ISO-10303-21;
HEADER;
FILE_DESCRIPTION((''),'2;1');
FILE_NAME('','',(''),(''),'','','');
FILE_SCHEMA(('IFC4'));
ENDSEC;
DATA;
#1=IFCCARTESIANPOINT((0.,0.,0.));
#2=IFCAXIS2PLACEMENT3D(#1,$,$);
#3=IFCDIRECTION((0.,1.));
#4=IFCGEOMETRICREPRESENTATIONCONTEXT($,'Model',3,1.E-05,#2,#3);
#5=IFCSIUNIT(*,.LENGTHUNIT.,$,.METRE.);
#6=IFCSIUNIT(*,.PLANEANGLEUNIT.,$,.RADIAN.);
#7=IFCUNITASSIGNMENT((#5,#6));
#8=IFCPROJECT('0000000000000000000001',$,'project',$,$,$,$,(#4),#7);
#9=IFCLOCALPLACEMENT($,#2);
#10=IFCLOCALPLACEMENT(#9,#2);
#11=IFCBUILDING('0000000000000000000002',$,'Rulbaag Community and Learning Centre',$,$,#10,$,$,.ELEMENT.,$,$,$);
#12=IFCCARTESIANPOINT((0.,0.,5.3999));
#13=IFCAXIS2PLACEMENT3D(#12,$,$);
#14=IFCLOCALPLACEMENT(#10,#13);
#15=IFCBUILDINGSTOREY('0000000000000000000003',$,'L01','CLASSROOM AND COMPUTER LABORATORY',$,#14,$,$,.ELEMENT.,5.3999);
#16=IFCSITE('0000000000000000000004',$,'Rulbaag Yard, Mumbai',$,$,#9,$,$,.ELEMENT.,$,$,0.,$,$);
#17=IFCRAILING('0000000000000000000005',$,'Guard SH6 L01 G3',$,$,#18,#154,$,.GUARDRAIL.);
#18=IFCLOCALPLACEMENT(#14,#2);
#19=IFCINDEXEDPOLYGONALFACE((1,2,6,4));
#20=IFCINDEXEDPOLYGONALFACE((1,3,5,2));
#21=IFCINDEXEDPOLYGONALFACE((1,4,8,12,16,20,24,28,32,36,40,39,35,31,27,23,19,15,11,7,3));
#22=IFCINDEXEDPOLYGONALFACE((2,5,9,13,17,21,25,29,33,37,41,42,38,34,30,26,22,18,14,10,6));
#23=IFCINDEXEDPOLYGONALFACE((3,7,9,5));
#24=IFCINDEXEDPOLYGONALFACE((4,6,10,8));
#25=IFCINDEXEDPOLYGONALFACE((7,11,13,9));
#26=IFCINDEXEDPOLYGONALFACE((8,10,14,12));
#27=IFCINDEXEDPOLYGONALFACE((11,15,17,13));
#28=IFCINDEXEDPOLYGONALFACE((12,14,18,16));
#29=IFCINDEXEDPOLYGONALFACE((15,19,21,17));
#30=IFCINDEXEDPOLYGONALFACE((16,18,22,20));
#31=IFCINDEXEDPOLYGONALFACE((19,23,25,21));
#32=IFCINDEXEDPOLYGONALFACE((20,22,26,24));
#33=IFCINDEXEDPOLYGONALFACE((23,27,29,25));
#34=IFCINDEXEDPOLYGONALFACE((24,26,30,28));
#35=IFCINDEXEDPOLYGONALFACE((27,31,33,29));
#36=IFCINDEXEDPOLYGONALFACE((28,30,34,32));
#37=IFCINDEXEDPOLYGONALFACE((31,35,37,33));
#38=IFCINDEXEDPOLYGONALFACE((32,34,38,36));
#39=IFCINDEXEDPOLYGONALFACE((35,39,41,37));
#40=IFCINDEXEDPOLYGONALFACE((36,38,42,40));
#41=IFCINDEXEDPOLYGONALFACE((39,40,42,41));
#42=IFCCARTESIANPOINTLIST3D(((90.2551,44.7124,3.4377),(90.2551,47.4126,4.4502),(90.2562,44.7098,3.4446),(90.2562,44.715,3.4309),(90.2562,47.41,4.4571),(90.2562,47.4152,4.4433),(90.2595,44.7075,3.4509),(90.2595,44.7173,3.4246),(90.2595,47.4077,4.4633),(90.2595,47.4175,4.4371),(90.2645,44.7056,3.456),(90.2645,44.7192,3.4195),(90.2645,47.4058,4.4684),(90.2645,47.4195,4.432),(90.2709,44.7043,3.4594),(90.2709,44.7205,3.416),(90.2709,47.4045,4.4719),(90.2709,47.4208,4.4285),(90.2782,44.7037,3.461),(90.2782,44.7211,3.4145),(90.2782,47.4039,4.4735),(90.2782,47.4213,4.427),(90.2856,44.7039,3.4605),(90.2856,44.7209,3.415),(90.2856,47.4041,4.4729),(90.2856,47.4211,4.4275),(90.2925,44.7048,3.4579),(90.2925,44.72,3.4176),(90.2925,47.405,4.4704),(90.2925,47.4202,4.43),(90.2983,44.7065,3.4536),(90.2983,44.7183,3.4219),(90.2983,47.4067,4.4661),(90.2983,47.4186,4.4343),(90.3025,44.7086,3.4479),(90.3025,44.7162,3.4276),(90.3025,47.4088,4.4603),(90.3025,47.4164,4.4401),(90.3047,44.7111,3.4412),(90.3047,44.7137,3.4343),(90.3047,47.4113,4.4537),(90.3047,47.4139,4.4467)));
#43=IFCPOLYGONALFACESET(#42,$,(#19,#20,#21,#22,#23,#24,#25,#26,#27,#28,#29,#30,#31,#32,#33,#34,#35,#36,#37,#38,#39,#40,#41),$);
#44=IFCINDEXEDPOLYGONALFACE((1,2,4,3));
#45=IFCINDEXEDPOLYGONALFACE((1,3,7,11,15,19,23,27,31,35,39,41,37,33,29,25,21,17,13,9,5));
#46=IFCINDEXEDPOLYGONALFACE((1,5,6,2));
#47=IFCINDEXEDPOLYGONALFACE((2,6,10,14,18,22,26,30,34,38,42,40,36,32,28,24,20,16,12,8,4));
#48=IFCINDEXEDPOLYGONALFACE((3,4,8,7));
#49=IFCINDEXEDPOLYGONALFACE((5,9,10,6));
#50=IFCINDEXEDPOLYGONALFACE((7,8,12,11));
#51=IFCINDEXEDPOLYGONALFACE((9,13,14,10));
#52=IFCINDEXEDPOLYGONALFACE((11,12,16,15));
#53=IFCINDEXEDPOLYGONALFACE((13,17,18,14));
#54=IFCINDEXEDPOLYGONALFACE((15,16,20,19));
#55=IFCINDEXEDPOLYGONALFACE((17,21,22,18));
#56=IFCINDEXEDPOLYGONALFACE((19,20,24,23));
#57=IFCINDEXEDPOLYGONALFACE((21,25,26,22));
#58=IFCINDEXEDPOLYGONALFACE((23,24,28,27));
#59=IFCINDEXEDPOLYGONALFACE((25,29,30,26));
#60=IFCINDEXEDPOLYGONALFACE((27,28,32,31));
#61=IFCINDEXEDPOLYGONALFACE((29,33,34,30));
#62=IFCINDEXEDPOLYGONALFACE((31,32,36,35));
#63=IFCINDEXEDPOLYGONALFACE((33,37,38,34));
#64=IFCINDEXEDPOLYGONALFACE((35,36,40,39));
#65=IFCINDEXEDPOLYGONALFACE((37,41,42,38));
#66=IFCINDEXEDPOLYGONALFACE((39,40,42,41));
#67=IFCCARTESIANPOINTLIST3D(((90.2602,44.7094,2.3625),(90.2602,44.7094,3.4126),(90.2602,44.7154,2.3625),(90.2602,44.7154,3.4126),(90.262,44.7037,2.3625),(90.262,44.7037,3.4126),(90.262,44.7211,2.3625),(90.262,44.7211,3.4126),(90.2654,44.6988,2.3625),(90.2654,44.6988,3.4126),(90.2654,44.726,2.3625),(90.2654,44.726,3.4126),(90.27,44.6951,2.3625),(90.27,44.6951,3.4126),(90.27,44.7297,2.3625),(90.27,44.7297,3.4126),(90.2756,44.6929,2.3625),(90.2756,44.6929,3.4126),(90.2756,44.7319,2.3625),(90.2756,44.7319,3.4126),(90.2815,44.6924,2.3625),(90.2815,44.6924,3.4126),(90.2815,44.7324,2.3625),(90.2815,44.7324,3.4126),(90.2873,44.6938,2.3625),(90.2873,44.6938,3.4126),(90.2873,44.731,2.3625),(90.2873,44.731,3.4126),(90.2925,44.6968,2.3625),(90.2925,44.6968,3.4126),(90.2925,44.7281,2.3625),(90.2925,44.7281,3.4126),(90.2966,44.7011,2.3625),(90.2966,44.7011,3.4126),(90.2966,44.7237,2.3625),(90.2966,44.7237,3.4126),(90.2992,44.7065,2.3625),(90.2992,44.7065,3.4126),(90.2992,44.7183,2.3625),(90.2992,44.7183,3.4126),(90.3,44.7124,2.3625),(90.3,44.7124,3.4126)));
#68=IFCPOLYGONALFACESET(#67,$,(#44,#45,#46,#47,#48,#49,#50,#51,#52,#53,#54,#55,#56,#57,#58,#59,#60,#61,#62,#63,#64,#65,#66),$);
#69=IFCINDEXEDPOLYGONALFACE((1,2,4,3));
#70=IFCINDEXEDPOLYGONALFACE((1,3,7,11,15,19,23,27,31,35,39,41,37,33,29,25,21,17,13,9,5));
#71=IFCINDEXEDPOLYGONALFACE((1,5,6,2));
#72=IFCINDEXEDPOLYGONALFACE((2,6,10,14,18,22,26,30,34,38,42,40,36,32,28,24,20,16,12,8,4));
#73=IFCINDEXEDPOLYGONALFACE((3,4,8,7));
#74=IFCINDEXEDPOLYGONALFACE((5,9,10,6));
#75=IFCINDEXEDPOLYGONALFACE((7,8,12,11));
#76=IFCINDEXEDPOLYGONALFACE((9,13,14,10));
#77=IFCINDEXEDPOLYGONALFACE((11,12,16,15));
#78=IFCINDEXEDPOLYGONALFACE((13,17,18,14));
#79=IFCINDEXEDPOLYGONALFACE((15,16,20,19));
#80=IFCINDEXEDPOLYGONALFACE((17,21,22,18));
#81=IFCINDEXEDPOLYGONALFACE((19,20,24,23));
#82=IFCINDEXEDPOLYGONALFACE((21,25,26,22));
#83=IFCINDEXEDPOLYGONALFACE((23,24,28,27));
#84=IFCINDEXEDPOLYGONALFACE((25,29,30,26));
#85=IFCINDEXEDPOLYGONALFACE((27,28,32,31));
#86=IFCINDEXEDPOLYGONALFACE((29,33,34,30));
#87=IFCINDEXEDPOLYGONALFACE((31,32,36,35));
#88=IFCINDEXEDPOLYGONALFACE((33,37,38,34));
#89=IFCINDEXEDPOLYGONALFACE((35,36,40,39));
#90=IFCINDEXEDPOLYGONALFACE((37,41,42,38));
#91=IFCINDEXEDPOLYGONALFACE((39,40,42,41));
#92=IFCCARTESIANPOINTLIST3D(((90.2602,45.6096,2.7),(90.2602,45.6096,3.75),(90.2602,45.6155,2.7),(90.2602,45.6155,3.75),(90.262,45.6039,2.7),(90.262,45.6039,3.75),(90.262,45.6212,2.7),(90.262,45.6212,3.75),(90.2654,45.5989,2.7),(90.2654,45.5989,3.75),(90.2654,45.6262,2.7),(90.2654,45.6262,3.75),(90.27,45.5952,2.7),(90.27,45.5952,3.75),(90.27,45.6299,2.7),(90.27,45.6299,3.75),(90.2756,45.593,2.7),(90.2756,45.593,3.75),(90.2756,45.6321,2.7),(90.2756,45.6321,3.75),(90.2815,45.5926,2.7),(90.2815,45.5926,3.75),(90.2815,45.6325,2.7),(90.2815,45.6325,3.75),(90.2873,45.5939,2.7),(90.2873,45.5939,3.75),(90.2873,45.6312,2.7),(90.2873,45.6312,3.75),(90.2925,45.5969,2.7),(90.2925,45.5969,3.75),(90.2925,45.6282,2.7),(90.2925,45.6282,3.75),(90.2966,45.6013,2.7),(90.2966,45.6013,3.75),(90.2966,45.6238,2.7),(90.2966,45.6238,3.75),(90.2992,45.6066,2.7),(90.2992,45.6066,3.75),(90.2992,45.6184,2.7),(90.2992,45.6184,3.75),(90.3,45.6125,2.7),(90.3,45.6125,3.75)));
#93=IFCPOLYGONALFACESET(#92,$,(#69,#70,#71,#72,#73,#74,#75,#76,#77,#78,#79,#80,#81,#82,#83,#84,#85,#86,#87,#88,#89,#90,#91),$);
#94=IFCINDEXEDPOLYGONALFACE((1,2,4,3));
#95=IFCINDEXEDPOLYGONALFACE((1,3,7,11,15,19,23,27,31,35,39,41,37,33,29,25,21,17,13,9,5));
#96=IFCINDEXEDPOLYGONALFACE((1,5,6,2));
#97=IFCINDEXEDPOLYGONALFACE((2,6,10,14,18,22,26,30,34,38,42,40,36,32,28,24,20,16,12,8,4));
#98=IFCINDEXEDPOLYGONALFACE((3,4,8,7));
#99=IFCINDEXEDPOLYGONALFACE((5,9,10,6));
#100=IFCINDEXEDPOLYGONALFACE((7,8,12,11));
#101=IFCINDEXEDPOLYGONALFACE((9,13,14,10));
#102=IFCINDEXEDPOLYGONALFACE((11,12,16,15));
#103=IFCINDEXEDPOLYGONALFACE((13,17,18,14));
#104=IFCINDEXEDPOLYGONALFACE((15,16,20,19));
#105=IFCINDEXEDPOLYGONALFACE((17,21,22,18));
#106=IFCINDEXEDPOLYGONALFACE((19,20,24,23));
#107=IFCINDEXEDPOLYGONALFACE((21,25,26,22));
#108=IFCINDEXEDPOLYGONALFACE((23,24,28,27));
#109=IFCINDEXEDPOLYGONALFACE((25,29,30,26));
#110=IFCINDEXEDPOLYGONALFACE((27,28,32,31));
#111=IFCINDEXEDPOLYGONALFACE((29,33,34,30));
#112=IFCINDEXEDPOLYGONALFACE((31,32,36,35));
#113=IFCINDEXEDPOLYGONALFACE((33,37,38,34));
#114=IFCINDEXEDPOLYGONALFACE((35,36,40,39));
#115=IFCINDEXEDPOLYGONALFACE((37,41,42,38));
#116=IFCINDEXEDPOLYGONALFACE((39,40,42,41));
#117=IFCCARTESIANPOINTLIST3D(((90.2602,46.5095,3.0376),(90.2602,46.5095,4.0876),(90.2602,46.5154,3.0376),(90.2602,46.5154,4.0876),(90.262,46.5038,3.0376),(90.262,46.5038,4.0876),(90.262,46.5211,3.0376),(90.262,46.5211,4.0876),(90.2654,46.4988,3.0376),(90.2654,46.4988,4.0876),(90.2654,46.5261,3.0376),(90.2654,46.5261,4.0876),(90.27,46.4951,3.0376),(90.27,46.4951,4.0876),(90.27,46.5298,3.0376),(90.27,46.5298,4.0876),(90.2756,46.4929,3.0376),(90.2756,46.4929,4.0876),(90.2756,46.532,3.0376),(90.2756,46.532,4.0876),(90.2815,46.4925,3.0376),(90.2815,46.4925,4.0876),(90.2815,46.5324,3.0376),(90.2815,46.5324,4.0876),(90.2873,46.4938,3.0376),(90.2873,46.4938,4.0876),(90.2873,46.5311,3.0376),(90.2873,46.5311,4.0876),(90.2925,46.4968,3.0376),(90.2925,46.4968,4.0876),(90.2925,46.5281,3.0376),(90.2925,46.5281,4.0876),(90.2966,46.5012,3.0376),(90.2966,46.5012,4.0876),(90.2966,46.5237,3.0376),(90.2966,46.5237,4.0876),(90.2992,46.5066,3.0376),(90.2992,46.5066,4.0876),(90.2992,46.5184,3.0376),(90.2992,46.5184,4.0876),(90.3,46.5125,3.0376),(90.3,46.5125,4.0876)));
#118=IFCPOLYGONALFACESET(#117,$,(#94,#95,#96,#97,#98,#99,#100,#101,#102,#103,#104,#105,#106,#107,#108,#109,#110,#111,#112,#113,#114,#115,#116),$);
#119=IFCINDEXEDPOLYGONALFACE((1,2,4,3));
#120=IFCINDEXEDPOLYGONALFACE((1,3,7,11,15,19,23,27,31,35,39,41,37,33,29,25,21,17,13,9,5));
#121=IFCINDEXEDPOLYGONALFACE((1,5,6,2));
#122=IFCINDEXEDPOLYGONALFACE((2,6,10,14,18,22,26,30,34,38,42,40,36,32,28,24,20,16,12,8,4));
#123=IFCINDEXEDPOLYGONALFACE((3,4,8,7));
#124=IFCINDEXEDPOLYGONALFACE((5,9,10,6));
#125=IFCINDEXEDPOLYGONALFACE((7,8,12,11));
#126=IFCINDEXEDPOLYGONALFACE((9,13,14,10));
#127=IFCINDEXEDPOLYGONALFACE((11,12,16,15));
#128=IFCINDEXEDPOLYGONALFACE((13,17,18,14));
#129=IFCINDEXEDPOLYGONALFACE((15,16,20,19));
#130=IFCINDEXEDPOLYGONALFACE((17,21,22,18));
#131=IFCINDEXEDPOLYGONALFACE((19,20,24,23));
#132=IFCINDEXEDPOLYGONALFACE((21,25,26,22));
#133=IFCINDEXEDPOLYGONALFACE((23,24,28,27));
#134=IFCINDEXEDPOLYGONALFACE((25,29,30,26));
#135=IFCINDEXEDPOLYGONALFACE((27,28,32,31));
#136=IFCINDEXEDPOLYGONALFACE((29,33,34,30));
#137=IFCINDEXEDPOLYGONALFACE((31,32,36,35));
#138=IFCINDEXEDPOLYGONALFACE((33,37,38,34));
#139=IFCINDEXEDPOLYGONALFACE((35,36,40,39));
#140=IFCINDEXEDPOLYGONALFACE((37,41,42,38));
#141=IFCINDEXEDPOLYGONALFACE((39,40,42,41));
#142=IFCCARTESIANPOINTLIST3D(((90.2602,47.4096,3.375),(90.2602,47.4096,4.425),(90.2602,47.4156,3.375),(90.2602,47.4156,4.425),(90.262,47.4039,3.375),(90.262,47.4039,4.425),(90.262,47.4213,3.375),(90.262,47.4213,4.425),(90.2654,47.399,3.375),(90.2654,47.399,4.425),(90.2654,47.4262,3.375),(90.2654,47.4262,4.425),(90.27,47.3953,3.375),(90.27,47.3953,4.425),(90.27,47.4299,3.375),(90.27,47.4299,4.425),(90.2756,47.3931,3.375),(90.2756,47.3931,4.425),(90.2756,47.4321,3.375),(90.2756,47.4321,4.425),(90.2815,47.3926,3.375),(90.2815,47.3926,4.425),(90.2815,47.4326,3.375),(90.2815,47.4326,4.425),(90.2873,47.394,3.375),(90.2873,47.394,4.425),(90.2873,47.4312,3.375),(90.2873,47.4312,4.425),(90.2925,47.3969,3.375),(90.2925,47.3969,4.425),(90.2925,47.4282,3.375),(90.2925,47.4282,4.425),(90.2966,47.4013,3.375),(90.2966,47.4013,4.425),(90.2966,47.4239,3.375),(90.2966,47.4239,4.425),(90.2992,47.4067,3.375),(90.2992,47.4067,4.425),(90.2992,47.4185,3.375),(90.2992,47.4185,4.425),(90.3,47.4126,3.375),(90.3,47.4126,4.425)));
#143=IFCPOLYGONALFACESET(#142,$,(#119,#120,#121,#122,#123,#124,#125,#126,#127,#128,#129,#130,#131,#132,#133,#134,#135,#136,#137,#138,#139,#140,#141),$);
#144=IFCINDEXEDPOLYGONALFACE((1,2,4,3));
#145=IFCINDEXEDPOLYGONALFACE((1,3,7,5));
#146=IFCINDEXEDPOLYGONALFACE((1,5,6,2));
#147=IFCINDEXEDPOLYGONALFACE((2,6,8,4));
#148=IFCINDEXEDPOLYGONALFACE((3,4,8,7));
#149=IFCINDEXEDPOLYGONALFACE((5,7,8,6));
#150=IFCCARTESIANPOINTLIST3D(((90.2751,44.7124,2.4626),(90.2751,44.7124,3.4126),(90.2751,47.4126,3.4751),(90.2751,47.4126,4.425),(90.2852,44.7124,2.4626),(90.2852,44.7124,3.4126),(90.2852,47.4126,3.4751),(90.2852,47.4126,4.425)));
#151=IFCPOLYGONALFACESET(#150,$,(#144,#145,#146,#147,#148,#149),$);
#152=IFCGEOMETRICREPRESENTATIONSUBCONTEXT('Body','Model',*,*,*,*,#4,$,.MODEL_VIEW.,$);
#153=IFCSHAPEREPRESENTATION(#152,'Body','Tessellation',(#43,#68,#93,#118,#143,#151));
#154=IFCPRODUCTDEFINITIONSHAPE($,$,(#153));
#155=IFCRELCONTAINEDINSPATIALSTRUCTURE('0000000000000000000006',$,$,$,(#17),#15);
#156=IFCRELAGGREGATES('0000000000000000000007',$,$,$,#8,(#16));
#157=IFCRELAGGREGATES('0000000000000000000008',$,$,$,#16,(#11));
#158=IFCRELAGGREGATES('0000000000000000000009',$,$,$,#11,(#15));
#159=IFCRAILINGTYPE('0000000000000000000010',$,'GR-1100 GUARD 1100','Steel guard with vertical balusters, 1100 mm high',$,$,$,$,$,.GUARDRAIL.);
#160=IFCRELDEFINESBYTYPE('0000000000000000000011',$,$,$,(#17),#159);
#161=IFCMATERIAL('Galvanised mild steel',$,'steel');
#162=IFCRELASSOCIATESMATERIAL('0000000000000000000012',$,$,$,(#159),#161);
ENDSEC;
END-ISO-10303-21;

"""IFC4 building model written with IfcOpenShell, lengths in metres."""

from ifc_helpers import new_model, si_unit, direction, frame, origin, origin_2d, place, context, subcontext, project, spatial, polyline, circle, outline, extrude, material, type_object, element, save


model = new_model("IFC4")

# Units and contexts
model_context = context("Model", 3, precision=1e-05, world=origin(), true_north=direction((0.0, 1.0)))
body_context = subcontext(model_context, "Body", "Model", "MODEL_VIEW")
ifc_project = project(units=[si_unit("LENGTHUNIT", "METRE"), si_unit("PLANEANGLEUNIT", "RADIAN")], contexts=[model_context])

# Site, building, storey
site_placement = place(None, origin())
site = spatial("IfcSite", under=ifc_project, at=site_placement, Name="Rulbaag Yard, Mumbai", CompositionType="ELEMENT", RefElevation=0.0)
building_placement = place(site_placement, origin())
building = spatial("IfcBuilding", under=site, at=building_placement, Name="Rulbaag Community and Learning Centre", CompositionType="ELEMENT")
storey_placement = place(building_placement, frame((0.0, 0.0, 5.3999)))
storey = spatial("IfcBuildingStorey", under=building, at=storey_placement, Name="L01", Description="CLASSROOM AND COMPUTER LABORATORY", CompositionType="ELEMENT", Elevation=5.3999)

# Railing
ifc_material_1 = material(Name="Galvanised mild steel", Category="steel")
railing_type_1 = type_object("IfcRailingType", Name="GR-1100 GUARD 1100", Description="Steel guard with vertical balusters, 1100 mm high", PredefinedType="GUARDRAIL", material=ifc_material_1)
railing_1_placement = place(storey_placement, frame((90.28, 44.7124, 2.3625)))
element("IfcRailing", 1, at=railing_1_placement, inside=storey, type_object=railing_type_1, Name="Guard SH6 L01 G3", PredefinedType="GUARDRAIL", context=body_context, shape_type="SweptSolid", body=[
    extrude(circle(Radius=0.0249, at=origin_2d()), frame((0.0, 0.0, 1.0752), z_axis=(0.0, 0.936343, 0.351086), x_axis=(-1.0, 0.0, 0.0)), (0.0, 0.0, 1.0), 2.8838),
    extrude(circle(Radius=0.02, at=origin_2d()), origin(), (0.0, 0.0, 1.0), 1.05),
    extrude(circle(Radius=0.02, at=origin_2d()), frame((0.0, 0.9001, 0.3374)), (0.0, 0.0, 1.0), 1.05),
    extrude(circle(Radius=0.02, at=origin_2d()), frame((0.0, 1.8, 0.675)), (0.0, 0.0, 1.0), 1.05),
    extrude(circle(Radius=0.02, at=origin_2d()), frame((0.0, 2.7002, 1.0125)), (0.0, 0.0, 1.0), 1.05),
    extrude(outline(polyline([(0.0, 0.0), (2.7002, 1.0125), (2.7002, 1.9624), (0.0, 0.95), (0.0, 0.0)])), frame((-0.0049, 0.0, 0.1001), z_axis=(1.0, 0.0, 0.0), x_axis=(0.0, 1.0, 0.0)), (0.0, 0.0, 1.0), 0.01),
])

save(model, "model.ifc")
